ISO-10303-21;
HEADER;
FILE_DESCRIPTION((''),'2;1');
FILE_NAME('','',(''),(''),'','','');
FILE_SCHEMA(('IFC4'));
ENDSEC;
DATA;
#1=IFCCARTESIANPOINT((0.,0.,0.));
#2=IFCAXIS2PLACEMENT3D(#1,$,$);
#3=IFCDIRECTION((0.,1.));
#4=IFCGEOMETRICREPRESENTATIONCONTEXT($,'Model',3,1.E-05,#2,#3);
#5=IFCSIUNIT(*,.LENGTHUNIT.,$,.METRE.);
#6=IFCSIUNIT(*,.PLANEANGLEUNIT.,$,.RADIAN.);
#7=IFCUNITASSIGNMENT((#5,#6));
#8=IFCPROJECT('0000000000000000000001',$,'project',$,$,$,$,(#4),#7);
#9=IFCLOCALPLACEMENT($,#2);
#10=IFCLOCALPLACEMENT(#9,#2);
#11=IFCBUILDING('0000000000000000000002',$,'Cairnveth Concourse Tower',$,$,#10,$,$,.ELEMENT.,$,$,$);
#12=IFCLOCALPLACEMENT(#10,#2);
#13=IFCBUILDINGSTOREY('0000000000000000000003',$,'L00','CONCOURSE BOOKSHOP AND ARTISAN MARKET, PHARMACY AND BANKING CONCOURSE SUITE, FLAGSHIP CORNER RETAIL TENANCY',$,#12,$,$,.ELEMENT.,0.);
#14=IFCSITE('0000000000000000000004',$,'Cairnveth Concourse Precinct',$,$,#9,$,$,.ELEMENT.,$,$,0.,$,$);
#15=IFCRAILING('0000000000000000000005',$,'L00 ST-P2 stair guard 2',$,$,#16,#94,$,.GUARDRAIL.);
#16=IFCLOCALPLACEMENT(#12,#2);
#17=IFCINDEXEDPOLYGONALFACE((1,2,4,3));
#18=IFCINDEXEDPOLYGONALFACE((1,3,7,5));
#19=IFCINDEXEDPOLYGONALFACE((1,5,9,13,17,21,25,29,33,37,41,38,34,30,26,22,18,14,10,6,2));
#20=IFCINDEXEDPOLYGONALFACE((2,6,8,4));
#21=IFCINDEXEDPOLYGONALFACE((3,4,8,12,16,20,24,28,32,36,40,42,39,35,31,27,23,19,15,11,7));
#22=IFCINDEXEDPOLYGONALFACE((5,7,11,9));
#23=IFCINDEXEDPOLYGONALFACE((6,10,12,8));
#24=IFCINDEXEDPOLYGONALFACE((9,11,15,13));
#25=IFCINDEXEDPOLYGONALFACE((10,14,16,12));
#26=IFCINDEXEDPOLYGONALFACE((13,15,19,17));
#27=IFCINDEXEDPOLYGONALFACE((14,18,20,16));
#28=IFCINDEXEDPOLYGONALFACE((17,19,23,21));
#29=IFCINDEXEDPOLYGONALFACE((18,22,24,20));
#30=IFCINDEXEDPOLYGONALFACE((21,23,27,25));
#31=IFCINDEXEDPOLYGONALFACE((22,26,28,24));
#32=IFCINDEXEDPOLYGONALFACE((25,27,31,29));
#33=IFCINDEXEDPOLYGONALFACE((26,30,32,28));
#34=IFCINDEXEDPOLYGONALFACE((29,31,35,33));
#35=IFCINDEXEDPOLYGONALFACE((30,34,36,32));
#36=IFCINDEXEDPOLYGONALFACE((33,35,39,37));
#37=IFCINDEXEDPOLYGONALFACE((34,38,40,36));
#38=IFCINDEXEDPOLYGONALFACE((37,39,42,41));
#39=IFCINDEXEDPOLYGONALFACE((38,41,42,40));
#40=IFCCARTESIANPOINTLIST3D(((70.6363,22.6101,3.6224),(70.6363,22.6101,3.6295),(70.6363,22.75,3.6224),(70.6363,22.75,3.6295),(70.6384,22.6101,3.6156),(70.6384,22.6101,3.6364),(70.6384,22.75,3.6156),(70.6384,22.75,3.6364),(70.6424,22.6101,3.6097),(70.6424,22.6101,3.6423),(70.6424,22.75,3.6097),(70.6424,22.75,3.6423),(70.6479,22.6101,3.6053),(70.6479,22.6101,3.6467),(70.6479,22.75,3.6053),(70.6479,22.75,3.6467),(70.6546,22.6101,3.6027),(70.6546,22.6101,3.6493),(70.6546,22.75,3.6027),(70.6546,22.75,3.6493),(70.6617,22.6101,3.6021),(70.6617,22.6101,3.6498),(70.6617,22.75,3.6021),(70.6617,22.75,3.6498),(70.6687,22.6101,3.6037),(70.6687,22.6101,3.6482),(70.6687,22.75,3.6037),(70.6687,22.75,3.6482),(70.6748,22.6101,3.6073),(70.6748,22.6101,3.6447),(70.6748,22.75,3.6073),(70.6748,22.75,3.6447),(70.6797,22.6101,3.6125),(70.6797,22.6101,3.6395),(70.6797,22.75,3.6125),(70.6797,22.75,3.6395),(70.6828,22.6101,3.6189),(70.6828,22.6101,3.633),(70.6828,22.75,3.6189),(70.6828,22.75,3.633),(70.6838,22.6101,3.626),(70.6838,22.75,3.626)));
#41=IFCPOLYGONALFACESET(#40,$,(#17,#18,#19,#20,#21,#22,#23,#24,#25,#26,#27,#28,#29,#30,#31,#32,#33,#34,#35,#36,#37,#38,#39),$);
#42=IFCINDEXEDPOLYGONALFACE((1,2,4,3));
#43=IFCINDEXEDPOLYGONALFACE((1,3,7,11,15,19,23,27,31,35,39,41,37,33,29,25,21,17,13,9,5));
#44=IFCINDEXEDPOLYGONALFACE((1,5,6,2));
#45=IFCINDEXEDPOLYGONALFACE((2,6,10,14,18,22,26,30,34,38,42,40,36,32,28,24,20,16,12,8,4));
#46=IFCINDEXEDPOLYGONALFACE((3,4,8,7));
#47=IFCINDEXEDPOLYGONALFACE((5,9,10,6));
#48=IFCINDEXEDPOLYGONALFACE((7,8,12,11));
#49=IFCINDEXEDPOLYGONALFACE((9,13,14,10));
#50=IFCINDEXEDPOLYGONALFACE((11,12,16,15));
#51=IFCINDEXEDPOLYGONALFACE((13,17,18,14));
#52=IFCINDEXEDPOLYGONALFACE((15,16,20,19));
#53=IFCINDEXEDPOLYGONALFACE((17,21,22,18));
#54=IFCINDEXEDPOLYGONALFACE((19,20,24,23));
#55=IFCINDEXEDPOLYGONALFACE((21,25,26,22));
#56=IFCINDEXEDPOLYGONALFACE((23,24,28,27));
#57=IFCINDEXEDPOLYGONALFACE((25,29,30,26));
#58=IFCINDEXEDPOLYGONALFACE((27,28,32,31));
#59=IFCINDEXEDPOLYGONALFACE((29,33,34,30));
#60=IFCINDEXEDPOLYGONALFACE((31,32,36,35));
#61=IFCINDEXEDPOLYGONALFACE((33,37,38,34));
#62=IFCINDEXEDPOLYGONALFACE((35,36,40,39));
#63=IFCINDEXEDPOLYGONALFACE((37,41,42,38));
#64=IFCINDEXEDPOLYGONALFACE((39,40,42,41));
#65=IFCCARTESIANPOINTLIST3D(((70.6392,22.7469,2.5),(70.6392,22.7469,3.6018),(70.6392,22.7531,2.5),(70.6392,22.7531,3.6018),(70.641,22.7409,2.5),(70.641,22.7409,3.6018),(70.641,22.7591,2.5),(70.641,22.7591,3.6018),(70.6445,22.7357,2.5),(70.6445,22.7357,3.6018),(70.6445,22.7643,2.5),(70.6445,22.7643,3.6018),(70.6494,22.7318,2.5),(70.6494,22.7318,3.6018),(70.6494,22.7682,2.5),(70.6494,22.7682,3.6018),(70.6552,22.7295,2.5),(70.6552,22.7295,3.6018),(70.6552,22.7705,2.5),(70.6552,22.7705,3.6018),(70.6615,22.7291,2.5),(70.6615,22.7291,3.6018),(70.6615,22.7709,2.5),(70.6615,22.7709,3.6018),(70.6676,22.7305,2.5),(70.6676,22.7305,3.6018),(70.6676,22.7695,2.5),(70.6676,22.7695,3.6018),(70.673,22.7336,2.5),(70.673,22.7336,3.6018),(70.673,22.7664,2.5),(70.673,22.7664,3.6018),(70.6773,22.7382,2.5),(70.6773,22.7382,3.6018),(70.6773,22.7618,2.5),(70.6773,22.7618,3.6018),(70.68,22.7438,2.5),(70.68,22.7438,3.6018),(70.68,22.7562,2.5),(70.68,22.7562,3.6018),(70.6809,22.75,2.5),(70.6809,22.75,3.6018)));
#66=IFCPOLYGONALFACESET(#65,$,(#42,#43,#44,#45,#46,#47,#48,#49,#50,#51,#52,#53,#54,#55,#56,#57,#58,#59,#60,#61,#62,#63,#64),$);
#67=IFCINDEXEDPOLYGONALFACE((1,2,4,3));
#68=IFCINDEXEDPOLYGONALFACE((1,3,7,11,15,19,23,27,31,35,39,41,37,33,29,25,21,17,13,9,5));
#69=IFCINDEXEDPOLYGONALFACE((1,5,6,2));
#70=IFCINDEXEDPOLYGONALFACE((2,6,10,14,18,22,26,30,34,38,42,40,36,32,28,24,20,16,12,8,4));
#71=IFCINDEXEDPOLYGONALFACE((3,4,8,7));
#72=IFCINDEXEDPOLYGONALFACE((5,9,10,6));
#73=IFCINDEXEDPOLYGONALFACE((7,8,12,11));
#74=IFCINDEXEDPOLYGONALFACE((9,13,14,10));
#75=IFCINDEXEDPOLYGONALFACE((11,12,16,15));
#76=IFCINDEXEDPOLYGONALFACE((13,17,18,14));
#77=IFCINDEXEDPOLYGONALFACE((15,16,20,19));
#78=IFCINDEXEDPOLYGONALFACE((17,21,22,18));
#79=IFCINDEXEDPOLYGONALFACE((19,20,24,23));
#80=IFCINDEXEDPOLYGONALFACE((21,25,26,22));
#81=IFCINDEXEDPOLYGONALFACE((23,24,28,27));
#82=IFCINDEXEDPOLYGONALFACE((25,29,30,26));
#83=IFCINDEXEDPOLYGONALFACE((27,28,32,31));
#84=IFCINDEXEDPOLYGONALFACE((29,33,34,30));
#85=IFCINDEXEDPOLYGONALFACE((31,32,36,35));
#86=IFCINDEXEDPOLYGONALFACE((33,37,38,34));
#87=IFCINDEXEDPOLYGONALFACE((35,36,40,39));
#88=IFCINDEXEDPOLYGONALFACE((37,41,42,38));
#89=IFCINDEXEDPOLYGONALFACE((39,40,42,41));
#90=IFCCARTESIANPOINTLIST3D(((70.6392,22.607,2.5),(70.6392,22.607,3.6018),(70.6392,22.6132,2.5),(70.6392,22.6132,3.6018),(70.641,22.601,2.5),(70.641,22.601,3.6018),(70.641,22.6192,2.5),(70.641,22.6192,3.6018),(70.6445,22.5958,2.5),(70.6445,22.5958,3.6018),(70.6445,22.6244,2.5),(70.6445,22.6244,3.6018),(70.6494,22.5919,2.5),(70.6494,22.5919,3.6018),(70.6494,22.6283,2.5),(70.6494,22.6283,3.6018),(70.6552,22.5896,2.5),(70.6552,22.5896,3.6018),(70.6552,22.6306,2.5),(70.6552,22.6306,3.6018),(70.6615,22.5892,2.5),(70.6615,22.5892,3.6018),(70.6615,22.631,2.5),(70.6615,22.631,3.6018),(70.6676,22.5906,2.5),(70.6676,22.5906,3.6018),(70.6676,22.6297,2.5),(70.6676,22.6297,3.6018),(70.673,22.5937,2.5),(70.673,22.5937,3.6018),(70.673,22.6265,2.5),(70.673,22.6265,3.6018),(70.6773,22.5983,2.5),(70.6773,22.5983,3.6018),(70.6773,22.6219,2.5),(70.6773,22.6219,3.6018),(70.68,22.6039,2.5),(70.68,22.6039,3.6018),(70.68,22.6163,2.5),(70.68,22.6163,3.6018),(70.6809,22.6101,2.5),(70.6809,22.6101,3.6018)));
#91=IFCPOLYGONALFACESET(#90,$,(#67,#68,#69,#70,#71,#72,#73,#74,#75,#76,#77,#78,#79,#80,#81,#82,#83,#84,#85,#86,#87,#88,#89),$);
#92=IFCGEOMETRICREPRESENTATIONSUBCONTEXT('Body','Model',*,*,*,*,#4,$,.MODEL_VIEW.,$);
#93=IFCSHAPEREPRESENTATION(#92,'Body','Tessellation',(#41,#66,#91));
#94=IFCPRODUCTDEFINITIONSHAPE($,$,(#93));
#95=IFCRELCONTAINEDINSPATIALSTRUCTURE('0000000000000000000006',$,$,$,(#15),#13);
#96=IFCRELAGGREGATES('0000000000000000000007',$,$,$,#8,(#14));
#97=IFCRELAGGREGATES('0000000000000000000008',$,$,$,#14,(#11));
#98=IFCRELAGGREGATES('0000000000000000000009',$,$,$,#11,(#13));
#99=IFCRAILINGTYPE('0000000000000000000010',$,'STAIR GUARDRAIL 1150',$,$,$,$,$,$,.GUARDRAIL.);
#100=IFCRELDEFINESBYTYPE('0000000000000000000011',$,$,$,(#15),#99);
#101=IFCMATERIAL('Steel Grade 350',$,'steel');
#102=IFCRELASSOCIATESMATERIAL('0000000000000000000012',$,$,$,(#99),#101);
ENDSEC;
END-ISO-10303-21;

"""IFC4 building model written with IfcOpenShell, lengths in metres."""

from ifc_helpers import new_model, si_unit, direction, frame, origin, origin_2d, place, context, subcontext, project, spatial, circle, extrude, material, type_object, element, save


model = new_model("IFC4")

# Units and contexts
model_context = context("Model", 3, precision=1e-05, world=origin(), true_north=direction((0.0, 1.0)))
body_context = subcontext(model_context, "Body", "Model", "MODEL_VIEW")
ifc_project = project(units=[si_unit("LENGTHUNIT", "METRE"), si_unit("PLANEANGLEUNIT", "RADIAN")], contexts=[model_context])

# Site, building, storey
site_placement = place(None, origin())
site = spatial("IfcSite", under=ifc_project, at=site_placement, Name="Cairnveth Concourse Precinct", CompositionType="ELEMENT", RefElevation=0.0)
building_placement = place(site_placement, origin())
building = spatial("IfcBuilding", under=site, at=building_placement, Name="Cairnveth Concourse Tower", CompositionType="ELEMENT")
storey_placement = place(building_placement, origin())
storey = spatial("IfcBuildingStorey", under=building, at=storey_placement, Name="L00", Description="CONCOURSE BOOKSHOP AND ARTISAN MARKET, PHARMACY AND BANKING CONCOURSE SUITE, FLAGSHIP CORNER RETAIL TENANCY", CompositionType="ELEMENT", Elevation=0.0)

# Shared definitions
ifc_material_1 = material(Name="Steel Grade 350", Category="steel")

# Railing
railing_type_1 = type_object("IfcRailingType", Name="STAIR GUARDRAIL 1150", PredefinedType="GUARDRAIL", material=ifc_material_1)
railing_1_placement = place(storey_placement, frame((70.6599, 22.75, 2.5)))
element("IfcRailing", 1, at=railing_1_placement, inside=storey, type_object=railing_type_1, Name="L00 ST-P2 stair guard 2", PredefinedType="GUARDRAIL", context=body_context, shape_type="SweptSolid", body=[
    extrude(circle(Radius=0.0239, at=origin_2d()), frame((0.0, 0.0, 1.126), z_axis=(0.0, -1.0, 0.0), x_axis=(1.0, 0.0, 0.0)), (0.0, 0.0, 1.0), 0.1399),
    extrude(circle(Radius=0.021, at=origin_2d()), origin(), (0.0, 0.0, 1.0), 1.1018),
    extrude(circle(Radius=0.021, at=origin_2d()), frame((0.0, -0.1399, 0.0)), (0.0, 0.0, 1.0), 1.1018),
])

save(model, "model.ifc")
